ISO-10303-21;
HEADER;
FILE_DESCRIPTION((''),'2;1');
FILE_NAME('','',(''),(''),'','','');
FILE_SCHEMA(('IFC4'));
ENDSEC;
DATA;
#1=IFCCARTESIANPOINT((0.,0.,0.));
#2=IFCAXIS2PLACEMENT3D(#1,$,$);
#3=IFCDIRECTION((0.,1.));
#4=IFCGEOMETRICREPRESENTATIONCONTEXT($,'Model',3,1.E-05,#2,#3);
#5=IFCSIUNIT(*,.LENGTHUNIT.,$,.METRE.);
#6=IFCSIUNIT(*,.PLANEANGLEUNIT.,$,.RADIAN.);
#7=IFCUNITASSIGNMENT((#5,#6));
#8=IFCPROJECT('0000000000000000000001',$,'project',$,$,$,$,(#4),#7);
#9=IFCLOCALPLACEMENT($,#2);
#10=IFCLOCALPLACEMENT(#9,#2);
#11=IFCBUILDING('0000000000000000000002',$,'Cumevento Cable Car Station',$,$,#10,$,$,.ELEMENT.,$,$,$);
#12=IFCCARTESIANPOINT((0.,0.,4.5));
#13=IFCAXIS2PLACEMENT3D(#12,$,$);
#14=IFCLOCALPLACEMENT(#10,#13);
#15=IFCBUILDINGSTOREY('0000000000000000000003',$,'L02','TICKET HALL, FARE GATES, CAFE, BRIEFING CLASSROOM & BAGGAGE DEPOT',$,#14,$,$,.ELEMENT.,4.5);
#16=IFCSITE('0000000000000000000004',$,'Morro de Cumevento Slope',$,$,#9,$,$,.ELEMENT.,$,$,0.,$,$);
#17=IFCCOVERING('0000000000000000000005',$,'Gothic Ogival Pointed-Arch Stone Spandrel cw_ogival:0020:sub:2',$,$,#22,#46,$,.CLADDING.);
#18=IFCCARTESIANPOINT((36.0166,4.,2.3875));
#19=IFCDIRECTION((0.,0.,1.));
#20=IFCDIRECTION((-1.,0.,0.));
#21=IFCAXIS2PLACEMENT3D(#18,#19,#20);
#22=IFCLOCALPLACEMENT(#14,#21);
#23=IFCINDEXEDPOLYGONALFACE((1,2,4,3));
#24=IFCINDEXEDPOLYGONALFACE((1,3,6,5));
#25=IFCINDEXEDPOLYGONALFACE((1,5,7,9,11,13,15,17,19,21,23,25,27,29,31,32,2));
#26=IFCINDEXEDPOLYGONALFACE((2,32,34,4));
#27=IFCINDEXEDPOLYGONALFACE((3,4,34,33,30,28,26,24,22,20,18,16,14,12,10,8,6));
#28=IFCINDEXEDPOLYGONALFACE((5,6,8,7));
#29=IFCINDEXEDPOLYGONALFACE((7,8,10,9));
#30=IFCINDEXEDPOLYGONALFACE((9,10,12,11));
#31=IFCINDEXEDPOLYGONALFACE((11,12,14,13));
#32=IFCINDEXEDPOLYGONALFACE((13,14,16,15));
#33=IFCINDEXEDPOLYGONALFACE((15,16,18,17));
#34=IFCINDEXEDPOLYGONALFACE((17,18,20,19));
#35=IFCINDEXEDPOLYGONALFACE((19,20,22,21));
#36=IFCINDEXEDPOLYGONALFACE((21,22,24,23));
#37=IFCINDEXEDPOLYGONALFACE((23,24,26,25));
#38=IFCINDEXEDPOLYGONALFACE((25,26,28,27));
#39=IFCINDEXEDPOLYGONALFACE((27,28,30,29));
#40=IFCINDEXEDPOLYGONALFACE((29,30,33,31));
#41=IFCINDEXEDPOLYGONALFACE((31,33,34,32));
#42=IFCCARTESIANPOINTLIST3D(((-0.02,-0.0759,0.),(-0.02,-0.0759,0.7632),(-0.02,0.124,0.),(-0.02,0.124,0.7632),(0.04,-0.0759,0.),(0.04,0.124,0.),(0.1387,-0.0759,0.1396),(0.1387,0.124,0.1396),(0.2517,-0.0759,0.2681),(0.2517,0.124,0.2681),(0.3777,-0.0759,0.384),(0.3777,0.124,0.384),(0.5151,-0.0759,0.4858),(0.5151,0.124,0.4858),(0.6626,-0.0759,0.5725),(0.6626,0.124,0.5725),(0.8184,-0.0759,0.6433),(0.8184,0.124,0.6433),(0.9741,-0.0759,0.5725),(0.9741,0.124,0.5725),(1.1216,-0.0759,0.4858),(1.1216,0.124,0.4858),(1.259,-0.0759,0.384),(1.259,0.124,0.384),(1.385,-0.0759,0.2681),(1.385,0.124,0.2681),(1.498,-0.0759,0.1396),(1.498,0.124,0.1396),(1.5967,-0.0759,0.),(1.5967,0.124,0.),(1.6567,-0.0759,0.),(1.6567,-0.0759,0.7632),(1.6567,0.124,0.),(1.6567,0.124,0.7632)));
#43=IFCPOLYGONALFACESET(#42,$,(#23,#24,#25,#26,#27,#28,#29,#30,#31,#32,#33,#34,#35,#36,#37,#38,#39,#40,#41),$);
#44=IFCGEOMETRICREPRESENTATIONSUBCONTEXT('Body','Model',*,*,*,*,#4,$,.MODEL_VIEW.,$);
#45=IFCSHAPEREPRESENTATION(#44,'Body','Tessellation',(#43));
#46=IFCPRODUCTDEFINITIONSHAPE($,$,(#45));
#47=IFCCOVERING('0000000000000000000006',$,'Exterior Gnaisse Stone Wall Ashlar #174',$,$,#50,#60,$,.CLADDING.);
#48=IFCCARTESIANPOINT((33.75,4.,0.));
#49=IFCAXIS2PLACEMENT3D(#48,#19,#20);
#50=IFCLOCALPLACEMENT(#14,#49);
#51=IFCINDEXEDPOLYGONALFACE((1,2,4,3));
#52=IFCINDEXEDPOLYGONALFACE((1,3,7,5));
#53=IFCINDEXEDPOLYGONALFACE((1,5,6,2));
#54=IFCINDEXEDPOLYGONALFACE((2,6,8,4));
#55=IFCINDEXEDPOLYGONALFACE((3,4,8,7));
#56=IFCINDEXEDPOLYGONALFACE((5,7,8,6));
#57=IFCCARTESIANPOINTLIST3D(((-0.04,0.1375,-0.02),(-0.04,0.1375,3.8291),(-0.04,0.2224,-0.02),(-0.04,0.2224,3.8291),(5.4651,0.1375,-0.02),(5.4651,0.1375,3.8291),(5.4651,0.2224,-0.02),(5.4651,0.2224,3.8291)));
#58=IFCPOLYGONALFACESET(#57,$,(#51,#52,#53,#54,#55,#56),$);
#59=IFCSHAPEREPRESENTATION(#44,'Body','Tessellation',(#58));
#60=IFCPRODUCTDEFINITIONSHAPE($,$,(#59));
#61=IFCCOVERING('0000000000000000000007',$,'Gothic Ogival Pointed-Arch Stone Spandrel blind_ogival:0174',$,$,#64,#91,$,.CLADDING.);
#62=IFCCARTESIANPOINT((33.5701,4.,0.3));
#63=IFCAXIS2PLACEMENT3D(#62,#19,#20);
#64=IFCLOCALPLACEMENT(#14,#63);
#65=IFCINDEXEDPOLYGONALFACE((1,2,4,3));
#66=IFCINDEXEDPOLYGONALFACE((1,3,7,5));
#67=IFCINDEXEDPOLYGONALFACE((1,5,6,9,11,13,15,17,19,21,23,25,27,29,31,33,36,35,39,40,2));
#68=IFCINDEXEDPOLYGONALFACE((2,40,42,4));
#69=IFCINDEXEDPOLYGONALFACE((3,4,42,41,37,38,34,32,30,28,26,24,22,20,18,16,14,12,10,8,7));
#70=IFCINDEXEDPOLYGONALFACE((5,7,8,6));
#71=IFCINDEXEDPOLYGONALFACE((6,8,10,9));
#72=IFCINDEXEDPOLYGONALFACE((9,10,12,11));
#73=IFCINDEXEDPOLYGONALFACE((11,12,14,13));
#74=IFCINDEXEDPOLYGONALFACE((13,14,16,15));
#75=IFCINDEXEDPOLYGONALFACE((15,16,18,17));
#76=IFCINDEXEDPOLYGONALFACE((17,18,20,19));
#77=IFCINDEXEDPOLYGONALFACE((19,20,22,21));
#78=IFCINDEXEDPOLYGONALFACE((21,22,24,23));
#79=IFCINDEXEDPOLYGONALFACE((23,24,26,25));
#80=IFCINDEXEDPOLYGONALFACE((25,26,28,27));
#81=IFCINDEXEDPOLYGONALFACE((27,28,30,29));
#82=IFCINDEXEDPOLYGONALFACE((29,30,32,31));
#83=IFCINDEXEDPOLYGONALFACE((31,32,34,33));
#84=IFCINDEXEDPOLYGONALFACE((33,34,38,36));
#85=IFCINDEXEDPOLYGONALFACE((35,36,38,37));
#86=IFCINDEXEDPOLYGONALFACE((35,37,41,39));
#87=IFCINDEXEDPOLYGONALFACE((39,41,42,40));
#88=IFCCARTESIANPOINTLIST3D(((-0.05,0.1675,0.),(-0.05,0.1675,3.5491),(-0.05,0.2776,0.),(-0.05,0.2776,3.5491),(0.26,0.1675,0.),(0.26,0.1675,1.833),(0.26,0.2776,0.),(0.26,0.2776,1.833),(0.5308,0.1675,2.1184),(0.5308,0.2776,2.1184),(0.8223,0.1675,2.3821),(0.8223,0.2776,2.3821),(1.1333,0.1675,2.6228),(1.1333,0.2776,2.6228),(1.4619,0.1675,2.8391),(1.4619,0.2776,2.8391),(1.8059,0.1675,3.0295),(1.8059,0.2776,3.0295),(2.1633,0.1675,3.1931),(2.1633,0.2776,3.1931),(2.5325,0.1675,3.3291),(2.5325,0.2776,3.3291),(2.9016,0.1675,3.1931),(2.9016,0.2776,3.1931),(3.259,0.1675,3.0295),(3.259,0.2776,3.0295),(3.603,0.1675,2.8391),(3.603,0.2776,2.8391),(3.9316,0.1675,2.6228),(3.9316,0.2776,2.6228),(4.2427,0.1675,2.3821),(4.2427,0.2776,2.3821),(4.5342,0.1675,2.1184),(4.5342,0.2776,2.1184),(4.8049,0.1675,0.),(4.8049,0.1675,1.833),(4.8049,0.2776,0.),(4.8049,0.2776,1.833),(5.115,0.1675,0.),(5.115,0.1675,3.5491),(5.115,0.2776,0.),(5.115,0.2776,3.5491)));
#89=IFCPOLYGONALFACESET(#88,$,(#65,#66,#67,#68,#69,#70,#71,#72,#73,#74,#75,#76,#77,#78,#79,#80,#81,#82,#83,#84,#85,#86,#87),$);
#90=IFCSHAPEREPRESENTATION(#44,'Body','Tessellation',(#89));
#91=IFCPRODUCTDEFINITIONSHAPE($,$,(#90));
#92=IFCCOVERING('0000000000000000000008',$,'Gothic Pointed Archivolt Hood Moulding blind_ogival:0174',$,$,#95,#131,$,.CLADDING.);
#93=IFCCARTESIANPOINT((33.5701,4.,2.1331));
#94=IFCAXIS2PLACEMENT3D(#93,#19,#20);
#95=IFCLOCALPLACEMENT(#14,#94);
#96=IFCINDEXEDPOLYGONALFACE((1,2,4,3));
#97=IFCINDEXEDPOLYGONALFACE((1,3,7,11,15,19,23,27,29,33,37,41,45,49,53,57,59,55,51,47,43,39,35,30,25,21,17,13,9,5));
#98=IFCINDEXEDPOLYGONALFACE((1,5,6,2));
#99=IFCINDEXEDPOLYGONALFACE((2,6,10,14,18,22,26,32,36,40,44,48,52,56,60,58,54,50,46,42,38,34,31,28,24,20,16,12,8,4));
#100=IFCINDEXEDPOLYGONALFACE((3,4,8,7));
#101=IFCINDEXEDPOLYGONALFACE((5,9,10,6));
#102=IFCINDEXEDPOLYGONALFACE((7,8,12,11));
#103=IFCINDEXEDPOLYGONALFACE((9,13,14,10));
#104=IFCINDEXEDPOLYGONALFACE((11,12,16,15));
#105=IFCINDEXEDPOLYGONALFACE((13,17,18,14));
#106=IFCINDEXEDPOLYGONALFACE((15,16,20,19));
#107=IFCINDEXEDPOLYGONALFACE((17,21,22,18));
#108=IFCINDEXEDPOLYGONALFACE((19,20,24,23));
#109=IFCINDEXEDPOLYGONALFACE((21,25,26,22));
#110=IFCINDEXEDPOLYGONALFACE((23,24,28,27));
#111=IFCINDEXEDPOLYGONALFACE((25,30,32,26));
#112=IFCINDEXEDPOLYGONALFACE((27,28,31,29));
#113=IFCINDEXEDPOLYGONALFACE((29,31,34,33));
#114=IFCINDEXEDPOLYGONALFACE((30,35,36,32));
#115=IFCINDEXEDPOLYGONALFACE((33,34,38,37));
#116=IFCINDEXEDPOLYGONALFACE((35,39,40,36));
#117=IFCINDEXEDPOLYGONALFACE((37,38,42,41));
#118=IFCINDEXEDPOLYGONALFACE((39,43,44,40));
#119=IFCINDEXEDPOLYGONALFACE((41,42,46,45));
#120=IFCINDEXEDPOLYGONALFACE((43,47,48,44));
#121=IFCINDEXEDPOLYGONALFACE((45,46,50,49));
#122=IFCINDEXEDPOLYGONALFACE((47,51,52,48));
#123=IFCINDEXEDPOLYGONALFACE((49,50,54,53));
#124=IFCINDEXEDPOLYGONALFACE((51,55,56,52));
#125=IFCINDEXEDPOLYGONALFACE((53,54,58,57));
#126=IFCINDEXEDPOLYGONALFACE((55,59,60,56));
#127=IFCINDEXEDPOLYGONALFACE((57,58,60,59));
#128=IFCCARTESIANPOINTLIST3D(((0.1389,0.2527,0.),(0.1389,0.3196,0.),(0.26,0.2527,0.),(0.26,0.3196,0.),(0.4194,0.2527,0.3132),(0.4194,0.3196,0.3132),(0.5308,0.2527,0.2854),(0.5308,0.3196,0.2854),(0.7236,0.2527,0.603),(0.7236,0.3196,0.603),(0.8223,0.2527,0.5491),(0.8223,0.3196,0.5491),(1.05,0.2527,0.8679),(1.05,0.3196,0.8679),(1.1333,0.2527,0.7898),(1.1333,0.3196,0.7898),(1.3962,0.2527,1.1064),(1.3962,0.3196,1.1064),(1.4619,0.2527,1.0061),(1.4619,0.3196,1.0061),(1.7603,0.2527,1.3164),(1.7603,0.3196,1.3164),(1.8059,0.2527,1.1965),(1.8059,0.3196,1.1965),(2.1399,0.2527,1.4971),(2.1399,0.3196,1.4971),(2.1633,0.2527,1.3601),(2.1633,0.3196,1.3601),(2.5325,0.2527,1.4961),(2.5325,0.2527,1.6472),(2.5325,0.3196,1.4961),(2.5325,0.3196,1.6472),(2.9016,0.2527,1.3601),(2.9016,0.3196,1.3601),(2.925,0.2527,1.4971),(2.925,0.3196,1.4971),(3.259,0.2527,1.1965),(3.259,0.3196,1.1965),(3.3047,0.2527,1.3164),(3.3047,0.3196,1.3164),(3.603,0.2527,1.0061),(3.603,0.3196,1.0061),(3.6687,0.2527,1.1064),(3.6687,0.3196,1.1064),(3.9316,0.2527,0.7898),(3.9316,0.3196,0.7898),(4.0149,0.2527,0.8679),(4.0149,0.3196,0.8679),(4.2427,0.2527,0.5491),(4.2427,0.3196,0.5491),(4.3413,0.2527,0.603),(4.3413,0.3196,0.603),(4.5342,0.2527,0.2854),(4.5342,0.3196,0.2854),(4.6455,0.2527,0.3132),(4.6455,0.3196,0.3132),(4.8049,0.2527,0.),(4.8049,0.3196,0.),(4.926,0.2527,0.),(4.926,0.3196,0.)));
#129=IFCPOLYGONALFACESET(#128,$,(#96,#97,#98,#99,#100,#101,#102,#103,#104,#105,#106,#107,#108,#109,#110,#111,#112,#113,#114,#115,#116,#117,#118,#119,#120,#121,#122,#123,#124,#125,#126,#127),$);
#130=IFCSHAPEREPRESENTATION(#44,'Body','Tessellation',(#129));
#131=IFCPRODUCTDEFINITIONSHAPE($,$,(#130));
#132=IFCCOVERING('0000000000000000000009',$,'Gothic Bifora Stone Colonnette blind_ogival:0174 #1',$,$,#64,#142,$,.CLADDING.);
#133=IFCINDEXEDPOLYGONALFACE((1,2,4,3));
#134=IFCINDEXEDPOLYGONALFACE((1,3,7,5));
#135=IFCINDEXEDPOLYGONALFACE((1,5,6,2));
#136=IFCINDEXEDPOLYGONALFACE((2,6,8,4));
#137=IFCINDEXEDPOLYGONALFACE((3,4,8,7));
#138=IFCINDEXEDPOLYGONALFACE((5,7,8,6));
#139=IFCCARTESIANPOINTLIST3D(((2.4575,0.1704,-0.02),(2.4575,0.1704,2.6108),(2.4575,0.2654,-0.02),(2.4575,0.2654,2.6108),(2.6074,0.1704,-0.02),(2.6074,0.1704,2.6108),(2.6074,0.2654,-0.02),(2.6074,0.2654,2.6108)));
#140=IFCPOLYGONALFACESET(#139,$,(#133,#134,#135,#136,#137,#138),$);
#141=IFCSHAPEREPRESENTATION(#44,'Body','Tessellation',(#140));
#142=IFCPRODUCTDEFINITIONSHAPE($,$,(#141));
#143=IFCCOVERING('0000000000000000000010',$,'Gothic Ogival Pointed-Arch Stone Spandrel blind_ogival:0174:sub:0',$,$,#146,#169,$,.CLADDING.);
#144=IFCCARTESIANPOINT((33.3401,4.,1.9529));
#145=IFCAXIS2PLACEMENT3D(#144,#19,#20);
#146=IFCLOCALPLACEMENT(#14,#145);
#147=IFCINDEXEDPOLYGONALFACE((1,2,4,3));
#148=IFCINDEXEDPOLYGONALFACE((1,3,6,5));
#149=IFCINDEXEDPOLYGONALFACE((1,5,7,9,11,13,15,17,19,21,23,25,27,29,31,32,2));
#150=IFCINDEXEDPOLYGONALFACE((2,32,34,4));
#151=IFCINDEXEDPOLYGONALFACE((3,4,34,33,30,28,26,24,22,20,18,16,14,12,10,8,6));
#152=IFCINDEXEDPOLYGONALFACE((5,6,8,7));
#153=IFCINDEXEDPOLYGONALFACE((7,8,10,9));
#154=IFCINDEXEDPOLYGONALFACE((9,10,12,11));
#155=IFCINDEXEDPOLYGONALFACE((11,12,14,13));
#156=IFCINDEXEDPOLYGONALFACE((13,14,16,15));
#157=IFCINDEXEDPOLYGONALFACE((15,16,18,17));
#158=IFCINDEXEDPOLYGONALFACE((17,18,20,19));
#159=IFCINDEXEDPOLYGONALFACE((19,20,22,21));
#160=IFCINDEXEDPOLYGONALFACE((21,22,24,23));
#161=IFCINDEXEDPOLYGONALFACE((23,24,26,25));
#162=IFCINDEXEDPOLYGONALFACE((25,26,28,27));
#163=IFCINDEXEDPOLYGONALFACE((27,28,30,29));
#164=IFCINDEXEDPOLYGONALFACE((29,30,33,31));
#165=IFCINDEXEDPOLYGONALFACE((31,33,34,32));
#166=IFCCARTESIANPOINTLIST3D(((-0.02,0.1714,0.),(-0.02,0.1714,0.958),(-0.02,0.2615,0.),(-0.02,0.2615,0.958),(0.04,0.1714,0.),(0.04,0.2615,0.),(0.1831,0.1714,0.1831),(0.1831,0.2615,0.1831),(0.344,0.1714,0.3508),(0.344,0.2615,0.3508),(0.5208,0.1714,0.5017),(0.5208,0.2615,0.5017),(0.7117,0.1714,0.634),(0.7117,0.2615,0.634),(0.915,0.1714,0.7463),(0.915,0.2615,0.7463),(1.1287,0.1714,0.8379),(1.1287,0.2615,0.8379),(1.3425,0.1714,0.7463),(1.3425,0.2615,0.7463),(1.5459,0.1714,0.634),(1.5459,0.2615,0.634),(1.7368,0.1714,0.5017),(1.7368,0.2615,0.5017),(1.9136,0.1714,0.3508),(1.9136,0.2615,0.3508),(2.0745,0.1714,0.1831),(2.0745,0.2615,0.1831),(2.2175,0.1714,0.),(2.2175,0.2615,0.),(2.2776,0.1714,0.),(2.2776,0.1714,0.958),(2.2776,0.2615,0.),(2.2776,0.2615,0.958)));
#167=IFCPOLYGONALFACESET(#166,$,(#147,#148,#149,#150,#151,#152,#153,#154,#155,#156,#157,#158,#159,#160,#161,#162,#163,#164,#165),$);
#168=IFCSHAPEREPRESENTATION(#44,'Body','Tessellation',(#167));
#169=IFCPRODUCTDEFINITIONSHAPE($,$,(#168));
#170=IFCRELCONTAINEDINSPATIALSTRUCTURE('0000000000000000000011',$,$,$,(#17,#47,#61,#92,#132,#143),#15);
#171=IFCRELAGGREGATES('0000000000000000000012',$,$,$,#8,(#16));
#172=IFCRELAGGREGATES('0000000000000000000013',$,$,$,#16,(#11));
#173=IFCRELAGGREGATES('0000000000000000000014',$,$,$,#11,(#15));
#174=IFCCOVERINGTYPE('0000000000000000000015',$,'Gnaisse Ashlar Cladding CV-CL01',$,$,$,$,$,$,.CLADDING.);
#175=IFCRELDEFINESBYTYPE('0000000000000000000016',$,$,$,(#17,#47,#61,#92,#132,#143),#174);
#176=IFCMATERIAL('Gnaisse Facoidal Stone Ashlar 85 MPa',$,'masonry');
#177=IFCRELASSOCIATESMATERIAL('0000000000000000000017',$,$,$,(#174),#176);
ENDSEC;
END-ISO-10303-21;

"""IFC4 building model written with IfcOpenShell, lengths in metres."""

from ifc_helpers import new_model, si_unit, direction, frame, origin, place, context, subcontext, project, spatial, polyline, outline, extrude, material, type_object, element, save


model = new_model("IFC4")

# Units and contexts
model_context = context("Model", 3, precision=1e-05, world=origin(), true_north=direction((0.0, 1.0)))
body_context = subcontext(model_context, "Body", "Model", "MODEL_VIEW")
ifc_project = project(units=[si_unit("LENGTHUNIT", "METRE"), si_unit("PLANEANGLEUNIT", "RADIAN")], contexts=[model_context])

# Site, building, storey
site_placement = place(None, origin())
site = spatial("IfcSite", under=ifc_project, at=site_placement, Name="Morro de Cumevento Slope", CompositionType="ELEMENT", RefElevation=0.0)
building_placement = place(site_placement, origin())
building = spatial("IfcBuilding", under=site, at=building_placement, Name="Cumevento Cable Car Station", CompositionType="ELEMENT")
storey_placement = place(building_placement, frame((0.0, 0.0, 4.5)))
storey = spatial("IfcBuildingStorey", under=building, at=storey_placement, Name="L02", Description="TICKET HALL, FARE GATES, CAFE, BRIEFING CLASSROOM & BAGGAGE DEPOT", CompositionType="ELEMENT", Elevation=4.5)

# Coverings
ifc_material_1 = material(Name="Gnaisse Facoidal Stone Ashlar 85 MPa", Category="masonry")
covering_type = type_object("IfcCoveringType", Name="Gnaisse Ashlar Cladding CV-CL01", PredefinedType="CLADDING", material=ifc_material_1)
covering_1_placement = place(storey_placement, frame((36.0166, 4.0, 2.3875), z_axis=(0.0, 0.0, 1.0), x_axis=(-1.0, 0.0, 0.0)))
element("IfcCovering", 1, at=covering_1_placement, inside=storey, type_object=covering_type, Name="Gothic Ogival Pointed-Arch Stone Spandrel cw_ogival:0020:sub:2", PredefinedType="CLADDING", context=body_context, shape_type="SweptSolid", body=[
    extrude(outline(polyline([(-0.02, 0.0), (-0.02, 0.7632), (1.6567, 0.7632), (1.6567, 0.0), (1.5967, 0.0), (1.498, 0.1396), (1.385, 0.2681), (1.259, 0.384), (1.1216, 0.4858), (0.9741, 0.5725), (0.8184, 0.6433), (0.6626, 0.5725), (0.5151, 0.4858), (0.3777, 0.384), (0.2517, 0.2681), (0.1387, 0.1396), (0.04, 0.0), (-0.02, 0.0)])), frame((0.0, 0.124, 0.0), z_axis=(0.0, -1.0, 0.0), x_axis=(1.0, 0.0, 0.0)), (0.0, 0.0, 1.0), 0.2),
])
covering_2_placement = place(storey_placement, frame((33.75, 4.0, 0.0), z_axis=(0.0, 0.0, 1.0), x_axis=(-1.0, 0.0, 0.0)))
element("IfcCovering", 2, at=covering_2_placement, inside=storey, type_object=covering_type, Name="Exterior Gnaisse Stone Wall Ashlar #174", PredefinedType="CLADDING", context=body_context, shape_type="SweptSolid", body=[
    extrude(outline(polyline([(-0.04, -0.02), (5.4651, -0.02), (5.4651, 3.8291), (-0.04, 3.8291), (-0.04, -0.02)])), frame((0.0, 0.2224, 0.0), z_axis=(0.0, -1.0, 0.0), x_axis=(1.0, 0.0, 0.0)), (0.0, 0.0, 1.0), 0.085),
])
placement = place(storey_placement, frame((33.5701, 4.0, 0.3), z_axis=(0.0, 0.0, 1.0), x_axis=(-1.0, 0.0, 0.0)))
element("IfcCovering", 3, at=placement, inside=storey, type_object=covering_type, Name="Gothic Ogival Pointed-Arch Stone Spandrel blind_ogival:0174", PredefinedType="CLADDING", context=body_context, shape_type="SweptSolid", body=[
    extrude(outline(polyline([(-0.05, 0.0), (-0.05, 3.5491), (5.115, 3.5491), (5.115, 0.0), (4.8049, 0.0), (4.8049, 1.833), (4.5342, 2.1184), (4.2427, 2.3821), (3.9316, 2.6228), (3.603, 2.8391), (3.259, 3.0295), (2.9016, 3.1931), (2.5325, 3.3291), (2.1633, 3.1931), (1.8059, 3.0295), (1.4619, 2.8391), (1.1333, 2.6228), (0.8223, 2.3821), (0.5308, 2.1184), (0.26, 1.833), (0.26, 0.0), (-0.05, 0.0)])), frame((0.0, 0.2776, 0.0), z_axis=(0.0, -1.0, 0.0), x_axis=(1.0, 0.0, 0.0)), (0.0, 0.0, 1.0), 0.1101),
])
covering_3_placement = place(storey_placement, frame((33.5701, 4.0, 2.1331), z_axis=(0.0, 0.0, 1.0), x_axis=(-1.0, 0.0, 0.0)))
element("IfcCovering", 4, at=covering_3_placement, inside=storey, type_object=covering_type, Name="Gothic Pointed Archivolt Hood Moulding blind_ogival:0174", PredefinedType="CLADDING", context=body_context, shape_type="SweptSolid", body=[
    extrude(outline(polyline([(0.26, 0.0), (0.5308, 0.2854), (0.8223, 0.5491), (1.1333, 0.7898), (1.4619, 1.0061), (1.8059, 1.1965), (2.1633, 1.3601), (2.5325, 1.4961), (2.9016, 1.3601), (3.259, 1.1965), (3.603, 1.0061), (3.9316, 0.7898), (4.2427, 0.5491), (4.5342, 0.2854), (4.8049, 0.0), (4.926, 0.0), (4.6455, 0.3132), (4.3413, 0.603), (4.0149, 0.8679), (3.6687, 1.1064), (3.3047, 1.3164), (2.925, 1.4971), (2.5325, 1.6472), (2.1399, 1.4971), (1.7603, 1.3164), (1.3962, 1.1064), (1.05, 0.8679), (0.7236, 0.603), (0.4194, 0.3132), (0.1389, 0.0), (0.26, 0.0)])), frame((0.0, 0.3196, 0.0), z_axis=(0.0, -1.0, 0.0), x_axis=(1.0, 0.0, 0.0)), (0.0, 0.0, 1.0), 0.0669),
])
element("IfcCovering", 5, at=placement, inside=storey, type_object=covering_type, Name="Gothic Bifora Stone Colonnette blind_ogival:0174 #1", PredefinedType="CLADDING", context=body_context, shape_type="SweptSolid", body=[
    extrude(outline(polyline([(2.4575, -0.02), (2.6074, -0.02), (2.6074, 2.6108), (2.4575, 2.6108), (2.4575, -0.02)])), frame((0.0, 0.2654, 0.0), z_axis=(0.0, -1.0, 0.0), x_axis=(1.0, 0.0, 0.0)), (0.0, 0.0, 1.0), 0.095),
])
covering_4_placement = place(storey_placement, frame((33.3401, 4.0, 1.9529), z_axis=(0.0, 0.0, 1.0), x_axis=(-1.0, 0.0, 0.0)))
element("IfcCovering", 6, at=covering_4_placement, inside=storey, type_object=covering_type, Name="Gothic Ogival Pointed-Arch Stone Spandrel blind_ogival:0174:sub:0", PredefinedType="CLADDING", context=body_context, shape_type="SweptSolid", body=[
    extrude(outline(polyline([(-0.02, 0.0), (-0.02, 0.958), (2.2776, 0.958), (2.2776, 0.0), (2.2175, 0.0), (2.0745, 0.1831), (1.9136, 0.3508), (1.7368, 0.5017), (1.5459, 0.634), (1.3425, 0.7463), (1.1287, 0.8379), (0.915, 0.7463), (0.7117, 0.634), (0.5208, 0.5017), (0.344, 0.3508), (0.1831, 0.1831), (0.04, 0.0), (-0.02, 0.0)])), frame((0.0, 0.2615, 0.0), z_axis=(0.0, -1.0, 0.0), x_axis=(1.0, 0.0, 0.0)), (0.0, 0.0, 1.0), 0.0901),
])

save(model, "model.ifc")
